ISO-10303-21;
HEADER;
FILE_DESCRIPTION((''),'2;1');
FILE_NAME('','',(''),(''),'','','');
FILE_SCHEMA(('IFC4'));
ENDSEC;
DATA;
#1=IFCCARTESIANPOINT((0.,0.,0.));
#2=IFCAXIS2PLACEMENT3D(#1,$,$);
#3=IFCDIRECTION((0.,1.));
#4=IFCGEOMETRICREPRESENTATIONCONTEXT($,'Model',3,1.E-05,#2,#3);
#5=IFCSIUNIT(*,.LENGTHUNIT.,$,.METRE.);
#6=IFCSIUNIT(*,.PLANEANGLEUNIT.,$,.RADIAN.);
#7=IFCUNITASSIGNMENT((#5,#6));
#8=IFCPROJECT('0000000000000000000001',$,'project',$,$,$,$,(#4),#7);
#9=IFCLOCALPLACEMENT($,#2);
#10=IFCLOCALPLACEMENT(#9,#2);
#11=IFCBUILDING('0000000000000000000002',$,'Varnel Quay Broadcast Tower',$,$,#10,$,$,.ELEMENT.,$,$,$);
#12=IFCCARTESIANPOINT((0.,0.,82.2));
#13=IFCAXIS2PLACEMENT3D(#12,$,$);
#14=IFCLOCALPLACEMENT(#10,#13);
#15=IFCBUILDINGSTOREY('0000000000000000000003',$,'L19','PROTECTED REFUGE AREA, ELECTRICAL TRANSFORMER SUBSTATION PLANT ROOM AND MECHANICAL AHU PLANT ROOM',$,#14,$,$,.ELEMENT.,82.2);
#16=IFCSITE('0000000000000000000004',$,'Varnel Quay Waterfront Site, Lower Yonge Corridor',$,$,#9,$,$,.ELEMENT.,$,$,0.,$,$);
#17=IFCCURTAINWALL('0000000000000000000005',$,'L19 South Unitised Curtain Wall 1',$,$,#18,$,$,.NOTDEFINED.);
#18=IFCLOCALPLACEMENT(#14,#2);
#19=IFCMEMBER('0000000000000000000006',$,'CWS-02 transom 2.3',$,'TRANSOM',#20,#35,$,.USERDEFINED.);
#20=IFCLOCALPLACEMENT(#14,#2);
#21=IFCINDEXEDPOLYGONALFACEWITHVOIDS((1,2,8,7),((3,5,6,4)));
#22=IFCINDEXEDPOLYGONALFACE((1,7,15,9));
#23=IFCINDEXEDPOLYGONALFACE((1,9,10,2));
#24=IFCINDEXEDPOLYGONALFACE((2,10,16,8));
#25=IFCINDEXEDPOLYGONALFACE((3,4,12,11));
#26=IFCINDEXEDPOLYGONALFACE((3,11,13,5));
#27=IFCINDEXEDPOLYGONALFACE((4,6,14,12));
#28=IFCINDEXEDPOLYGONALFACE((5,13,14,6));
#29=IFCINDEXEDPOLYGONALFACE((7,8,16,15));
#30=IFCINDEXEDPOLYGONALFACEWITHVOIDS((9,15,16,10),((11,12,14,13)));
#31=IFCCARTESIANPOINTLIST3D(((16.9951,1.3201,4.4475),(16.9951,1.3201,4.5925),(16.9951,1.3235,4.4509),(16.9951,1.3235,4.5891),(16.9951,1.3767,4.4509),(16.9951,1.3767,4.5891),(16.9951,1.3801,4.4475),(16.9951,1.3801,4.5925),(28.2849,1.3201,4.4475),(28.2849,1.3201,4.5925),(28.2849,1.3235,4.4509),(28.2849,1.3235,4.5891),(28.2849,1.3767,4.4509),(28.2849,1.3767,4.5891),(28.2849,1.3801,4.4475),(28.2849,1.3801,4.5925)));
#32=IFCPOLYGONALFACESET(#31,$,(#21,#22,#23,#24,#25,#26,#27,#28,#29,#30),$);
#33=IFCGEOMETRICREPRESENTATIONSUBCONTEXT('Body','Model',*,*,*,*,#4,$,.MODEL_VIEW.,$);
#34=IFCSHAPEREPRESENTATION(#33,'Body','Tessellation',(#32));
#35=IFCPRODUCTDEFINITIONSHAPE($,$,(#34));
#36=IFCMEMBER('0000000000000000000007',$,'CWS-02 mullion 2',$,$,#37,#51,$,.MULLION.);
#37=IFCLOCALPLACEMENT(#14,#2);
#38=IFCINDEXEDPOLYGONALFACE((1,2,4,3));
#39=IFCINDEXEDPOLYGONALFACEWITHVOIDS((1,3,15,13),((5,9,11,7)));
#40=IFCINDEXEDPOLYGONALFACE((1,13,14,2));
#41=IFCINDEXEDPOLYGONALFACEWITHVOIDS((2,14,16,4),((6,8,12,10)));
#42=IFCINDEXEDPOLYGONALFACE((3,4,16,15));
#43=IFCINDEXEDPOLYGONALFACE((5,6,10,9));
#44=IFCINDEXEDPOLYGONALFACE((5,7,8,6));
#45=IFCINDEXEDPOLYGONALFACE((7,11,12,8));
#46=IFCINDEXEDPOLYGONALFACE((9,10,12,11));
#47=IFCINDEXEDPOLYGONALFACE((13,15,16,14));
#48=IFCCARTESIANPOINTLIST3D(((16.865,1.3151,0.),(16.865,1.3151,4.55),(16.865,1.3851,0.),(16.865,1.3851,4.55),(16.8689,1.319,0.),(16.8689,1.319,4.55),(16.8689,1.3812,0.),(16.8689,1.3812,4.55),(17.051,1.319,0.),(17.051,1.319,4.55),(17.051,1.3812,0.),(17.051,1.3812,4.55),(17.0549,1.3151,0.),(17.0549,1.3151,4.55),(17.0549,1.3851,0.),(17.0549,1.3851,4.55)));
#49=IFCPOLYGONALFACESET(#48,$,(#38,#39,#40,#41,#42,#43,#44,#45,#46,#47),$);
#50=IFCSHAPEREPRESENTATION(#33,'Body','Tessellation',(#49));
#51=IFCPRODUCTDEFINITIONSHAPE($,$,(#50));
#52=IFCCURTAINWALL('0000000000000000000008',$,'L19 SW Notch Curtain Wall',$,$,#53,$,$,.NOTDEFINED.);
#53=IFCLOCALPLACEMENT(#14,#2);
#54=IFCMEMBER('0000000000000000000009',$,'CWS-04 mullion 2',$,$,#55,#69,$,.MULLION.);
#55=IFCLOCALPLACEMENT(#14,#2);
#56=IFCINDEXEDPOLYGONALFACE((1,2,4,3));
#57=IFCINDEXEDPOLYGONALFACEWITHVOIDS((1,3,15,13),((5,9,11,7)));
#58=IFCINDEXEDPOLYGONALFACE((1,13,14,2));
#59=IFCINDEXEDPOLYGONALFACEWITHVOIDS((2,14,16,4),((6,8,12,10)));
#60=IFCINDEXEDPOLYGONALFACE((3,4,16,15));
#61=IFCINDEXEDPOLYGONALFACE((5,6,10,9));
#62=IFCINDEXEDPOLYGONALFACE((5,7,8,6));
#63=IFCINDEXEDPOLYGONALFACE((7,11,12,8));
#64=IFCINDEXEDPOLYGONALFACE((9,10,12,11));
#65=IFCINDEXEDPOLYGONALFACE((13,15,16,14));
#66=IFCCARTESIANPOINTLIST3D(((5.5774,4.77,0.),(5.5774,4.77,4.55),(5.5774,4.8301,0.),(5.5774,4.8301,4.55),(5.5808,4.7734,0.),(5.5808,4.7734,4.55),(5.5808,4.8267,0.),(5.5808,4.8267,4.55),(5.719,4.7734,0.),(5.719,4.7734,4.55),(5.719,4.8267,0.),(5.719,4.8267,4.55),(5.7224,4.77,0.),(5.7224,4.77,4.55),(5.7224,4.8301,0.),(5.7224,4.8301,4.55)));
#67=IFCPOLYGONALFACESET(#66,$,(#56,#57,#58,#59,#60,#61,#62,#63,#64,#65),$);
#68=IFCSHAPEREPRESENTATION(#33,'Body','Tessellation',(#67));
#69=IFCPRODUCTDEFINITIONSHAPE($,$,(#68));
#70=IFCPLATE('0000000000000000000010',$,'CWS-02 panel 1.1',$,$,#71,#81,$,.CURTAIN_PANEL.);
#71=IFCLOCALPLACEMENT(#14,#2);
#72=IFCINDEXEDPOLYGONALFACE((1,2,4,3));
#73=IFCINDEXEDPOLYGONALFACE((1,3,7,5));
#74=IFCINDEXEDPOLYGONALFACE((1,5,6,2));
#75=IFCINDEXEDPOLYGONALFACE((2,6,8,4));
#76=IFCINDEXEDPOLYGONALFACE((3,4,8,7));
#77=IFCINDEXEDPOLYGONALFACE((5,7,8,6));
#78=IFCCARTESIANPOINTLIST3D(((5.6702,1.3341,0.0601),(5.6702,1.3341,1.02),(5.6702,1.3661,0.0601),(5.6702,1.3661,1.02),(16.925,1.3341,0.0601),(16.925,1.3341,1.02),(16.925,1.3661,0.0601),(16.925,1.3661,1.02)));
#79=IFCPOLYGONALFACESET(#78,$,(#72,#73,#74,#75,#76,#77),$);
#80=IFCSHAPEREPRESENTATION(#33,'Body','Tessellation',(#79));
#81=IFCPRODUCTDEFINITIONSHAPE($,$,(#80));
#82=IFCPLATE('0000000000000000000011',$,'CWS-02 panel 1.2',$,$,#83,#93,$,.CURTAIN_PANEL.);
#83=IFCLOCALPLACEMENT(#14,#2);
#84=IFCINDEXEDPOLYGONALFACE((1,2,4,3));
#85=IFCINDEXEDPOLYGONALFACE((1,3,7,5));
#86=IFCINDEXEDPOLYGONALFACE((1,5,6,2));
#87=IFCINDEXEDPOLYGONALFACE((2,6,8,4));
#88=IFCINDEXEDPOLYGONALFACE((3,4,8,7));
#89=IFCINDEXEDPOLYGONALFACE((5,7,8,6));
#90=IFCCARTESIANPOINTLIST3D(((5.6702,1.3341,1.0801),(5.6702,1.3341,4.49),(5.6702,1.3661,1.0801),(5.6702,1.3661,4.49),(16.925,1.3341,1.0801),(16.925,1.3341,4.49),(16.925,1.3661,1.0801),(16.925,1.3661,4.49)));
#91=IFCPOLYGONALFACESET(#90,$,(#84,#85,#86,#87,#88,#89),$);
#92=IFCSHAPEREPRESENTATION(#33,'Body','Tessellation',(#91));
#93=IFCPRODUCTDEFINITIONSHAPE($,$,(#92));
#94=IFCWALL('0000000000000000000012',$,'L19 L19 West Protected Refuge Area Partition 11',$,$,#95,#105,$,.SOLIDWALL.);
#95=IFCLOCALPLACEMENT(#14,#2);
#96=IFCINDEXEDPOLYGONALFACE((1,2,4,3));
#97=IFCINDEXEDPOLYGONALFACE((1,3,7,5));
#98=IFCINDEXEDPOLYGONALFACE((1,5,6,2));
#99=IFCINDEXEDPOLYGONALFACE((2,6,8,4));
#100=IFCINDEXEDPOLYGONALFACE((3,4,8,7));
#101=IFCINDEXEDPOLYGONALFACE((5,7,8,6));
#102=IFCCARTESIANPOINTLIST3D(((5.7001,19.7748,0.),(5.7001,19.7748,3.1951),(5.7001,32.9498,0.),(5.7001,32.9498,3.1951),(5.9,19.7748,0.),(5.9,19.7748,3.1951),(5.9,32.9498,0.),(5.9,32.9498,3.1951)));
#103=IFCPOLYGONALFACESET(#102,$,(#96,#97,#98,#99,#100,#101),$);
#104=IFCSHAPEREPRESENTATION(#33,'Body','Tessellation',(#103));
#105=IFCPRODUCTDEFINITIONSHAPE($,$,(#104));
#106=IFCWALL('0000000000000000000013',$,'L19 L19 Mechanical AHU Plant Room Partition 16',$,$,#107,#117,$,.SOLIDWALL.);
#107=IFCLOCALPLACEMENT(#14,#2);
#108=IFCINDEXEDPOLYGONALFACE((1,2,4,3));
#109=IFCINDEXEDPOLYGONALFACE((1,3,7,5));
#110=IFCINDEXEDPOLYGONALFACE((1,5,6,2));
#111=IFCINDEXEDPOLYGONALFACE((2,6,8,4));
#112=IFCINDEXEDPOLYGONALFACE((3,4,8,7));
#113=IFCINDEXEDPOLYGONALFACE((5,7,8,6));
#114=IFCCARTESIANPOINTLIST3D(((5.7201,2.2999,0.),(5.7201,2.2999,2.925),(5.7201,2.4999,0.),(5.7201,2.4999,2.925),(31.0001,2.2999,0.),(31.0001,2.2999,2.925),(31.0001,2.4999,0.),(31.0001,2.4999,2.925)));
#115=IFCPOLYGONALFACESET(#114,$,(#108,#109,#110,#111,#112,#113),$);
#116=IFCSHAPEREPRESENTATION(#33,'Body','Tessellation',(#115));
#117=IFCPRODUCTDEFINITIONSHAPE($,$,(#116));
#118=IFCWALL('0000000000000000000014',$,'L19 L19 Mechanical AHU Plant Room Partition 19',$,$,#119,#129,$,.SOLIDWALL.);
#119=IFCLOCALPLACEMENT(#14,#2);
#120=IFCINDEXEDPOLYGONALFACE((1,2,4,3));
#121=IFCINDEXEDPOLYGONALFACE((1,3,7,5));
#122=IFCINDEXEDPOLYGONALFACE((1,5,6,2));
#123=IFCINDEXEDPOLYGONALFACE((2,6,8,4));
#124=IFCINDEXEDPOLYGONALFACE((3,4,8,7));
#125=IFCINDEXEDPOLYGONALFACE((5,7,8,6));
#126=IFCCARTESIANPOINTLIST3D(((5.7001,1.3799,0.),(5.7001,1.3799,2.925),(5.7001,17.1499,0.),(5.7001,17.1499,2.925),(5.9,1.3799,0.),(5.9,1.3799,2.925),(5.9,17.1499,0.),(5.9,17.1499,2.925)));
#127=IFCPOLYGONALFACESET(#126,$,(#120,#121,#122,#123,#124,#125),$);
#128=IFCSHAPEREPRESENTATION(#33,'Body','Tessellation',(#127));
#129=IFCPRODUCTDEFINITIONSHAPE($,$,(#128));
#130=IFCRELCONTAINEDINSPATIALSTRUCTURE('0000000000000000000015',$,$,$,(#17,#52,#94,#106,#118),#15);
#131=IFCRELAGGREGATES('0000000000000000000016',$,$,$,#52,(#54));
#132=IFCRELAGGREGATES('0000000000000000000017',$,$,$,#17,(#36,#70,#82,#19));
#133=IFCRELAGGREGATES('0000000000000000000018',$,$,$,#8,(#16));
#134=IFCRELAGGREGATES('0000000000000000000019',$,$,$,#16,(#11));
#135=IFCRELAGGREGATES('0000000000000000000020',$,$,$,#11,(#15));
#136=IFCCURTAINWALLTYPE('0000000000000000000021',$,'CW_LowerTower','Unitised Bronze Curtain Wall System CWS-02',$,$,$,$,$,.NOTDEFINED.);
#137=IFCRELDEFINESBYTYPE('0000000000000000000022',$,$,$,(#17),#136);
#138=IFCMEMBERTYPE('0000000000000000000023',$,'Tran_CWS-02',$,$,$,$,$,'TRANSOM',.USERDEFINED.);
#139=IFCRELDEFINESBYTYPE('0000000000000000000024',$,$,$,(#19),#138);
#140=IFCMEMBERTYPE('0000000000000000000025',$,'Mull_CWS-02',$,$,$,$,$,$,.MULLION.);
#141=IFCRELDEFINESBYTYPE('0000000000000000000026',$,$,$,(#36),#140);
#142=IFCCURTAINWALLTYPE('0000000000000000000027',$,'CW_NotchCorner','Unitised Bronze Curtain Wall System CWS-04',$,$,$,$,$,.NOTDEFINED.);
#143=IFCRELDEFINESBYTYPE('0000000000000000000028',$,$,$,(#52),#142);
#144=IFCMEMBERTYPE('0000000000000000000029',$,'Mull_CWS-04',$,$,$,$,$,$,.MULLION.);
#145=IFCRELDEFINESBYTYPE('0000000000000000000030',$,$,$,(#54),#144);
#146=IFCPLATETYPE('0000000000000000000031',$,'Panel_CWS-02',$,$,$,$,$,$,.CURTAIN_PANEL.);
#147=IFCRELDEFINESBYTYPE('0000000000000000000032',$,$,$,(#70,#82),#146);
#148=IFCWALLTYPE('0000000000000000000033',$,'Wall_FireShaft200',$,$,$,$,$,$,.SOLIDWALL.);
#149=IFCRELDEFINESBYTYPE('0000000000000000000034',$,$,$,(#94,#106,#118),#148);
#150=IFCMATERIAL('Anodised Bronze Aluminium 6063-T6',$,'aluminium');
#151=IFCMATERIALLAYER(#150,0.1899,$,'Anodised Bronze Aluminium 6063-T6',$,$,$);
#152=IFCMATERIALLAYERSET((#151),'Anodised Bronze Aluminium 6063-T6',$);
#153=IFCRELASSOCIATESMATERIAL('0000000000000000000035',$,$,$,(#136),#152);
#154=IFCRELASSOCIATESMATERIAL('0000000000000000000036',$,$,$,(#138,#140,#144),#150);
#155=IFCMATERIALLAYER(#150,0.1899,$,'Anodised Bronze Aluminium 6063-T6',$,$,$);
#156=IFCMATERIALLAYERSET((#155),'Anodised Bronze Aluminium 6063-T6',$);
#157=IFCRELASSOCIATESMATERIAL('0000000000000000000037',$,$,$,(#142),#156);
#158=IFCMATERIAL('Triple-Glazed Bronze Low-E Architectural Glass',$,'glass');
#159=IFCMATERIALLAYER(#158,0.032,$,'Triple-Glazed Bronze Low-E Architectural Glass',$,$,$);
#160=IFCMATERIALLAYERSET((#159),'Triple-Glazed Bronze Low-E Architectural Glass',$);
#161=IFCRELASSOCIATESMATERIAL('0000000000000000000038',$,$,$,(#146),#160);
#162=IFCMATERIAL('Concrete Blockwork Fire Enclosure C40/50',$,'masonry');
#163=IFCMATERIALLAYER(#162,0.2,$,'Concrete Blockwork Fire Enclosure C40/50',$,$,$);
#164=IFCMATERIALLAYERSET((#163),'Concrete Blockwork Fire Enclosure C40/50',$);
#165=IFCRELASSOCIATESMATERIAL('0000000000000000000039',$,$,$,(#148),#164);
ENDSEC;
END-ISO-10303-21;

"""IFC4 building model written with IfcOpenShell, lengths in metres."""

from ifc_helpers import new_model, si_unit, direction, frame, frame_2d, origin, origin_2d, place, context, subcontext, project, spatial, rectangle, hollow_rectangle, extrude, source, transform, mapped, material, layer, layer_set, material_profile, profile_set, type_object, type_shapes, element, aggregate, save


model = new_model("IFC4")

# Units and contexts
model_context = context("Model", 3, precision=1e-05, world=origin(), true_north=direction((0.0, 1.0)))
body_context = subcontext(model_context, "Body", "Model", "MODEL_VIEW")
ifc_project = project(units=[si_unit("LENGTHUNIT", "METRE"), si_unit("PLANEANGLEUNIT", "RADIAN")], contexts=[model_context])

# Site, building, storey
site_placement = place(None, origin())
site = spatial("IfcSite", under=ifc_project, at=site_placement, Name="Varnel Quay Waterfront Site, Lower Yonge Corridor", CompositionType="ELEMENT", RefElevation=0.0)
building_placement = place(site_placement, origin())
building = spatial("IfcBuilding", under=site, at=building_placement, Name="Varnel Quay Broadcast Tower", CompositionType="ELEMENT")
storey_placement = place(building_placement, frame((0.0, 0.0, 82.2)))
storey = spatial("IfcBuildingStorey", under=building, at=storey_placement, Name="L19", Description="PROTECTED REFUGE AREA, ELECTRICAL TRANSFORMER SUBSTATION PLANT ROOM AND MECHANICAL AHU PLANT ROOM", CompositionType="ELEMENT", Elevation=82.2)

# Curtain wall, members
ifc_material_1 = material(Name="Anodised Bronze Aluminium 6063-T6", Category="aluminium")
ifc_layer_1 = layer(ifc_material_1, 0.1899, Name="Anodised Bronze Aluminium 6063-T6")
ifc_layer_set_1 = layer_set([ifc_layer_1], Name="Anodised Bronze Aluminium 6063-T6")
curtain_wall_type_1 = type_object("IfcCurtainWallType", Name="CW_LowerTower", Description="Unitised Bronze Curtain Wall System CWS-02", PredefinedType="NOTDEFINED", material=ifc_layer_set_1)
curtain_wall_1_placement = place(storey_placement, origin())
curtain_wall_1 = element("IfcCurtainWall", 1, at=curtain_wall_1_placement, inside=storey, type_object=curtain_wall_type_1, Name="L19 South Unitised Curtain Wall 1", PredefinedType="NOTDEFINED")
ifc_material_profile_1 = material_profile(ifc_material_1, hollow_rectangle(XDim=0.0601, YDim=0.145, WallThickness=0.0034, at=origin_2d()), Name="ALU60X145X3.5")
ifc_profile_set_1 = profile_set([ifc_material_profile_1], Name="Anodised Bronze Aluminium 6063-T6")
member_type_1 = type_object("IfcMemberType", Name="Tran_CWS-02", ElementType="TRANSOM", PredefinedType="USERDEFINED", material=ifc_profile_set_1)
shared_shape_1 = source(origin(), body_context, "Body", "SweptSolid", [
    extrude(hollow_rectangle(XDim=0.0601, YDim=0.145, WallThickness=0.0034, at=origin_2d()), origin(), (0.0, 0.0, 1.0), 11.2898),
])
member_1_placement = place(storey_placement, frame((16.9951, 1.3501, 4.52), z_axis=(1.0, 0.0, 0.0), x_axis=(0.0, 1.0, 0.0)))
member_1 = element("IfcMember", 2, at=member_1_placement, type_object=member_type_1, Name="CWS-02 transom 2.3", ObjectType="TRANSOM", PredefinedType="USERDEFINED", context=body_context, shape_type="MappedRepresentation", body=[
    mapped(shared_shape_1, transform((0.0, 0.0, 0.0), x_axis=(1.0, 0.0, 0.0), y_axis=(0.0, 1.0, 0.0), z_axis=(0.0, 0.0, 1.0), scale=1.0)),
])
ifc_material_profile_2 = material_profile(ifc_material_1, hollow_rectangle(XDim=0.0701, YDim=0.1899, WallThickness=0.0039, at=origin_2d()), Name="ALU70X190X4")
ifc_profile_set_2 = profile_set([ifc_material_profile_2], Name="Anodised Bronze Aluminium 6063-T6")
member_type_2 = type_object("IfcMemberType", Name="Mull_CWS-02", PredefinedType="MULLION", material=ifc_profile_set_2)
shared_shape_2 = source(origin(), body_context, "Body", "SweptSolid", [
    extrude(hollow_rectangle(XDim=0.0701, YDim=0.1899, WallThickness=0.0039, at=origin_2d()), origin(), (0.0, 0.0, 1.0), 4.55),
])
type_shapes(member_type_2, [shared_shape_2])
member_2_placement = place(storey_placement, frame((16.96, 1.3501, 0.0), z_axis=(0.0, 0.0, 1.0), x_axis=(0.0, 1.0, 0.0)))
member_2 = element("IfcMember", 3, at=member_2_placement, type_object=member_type_2, Name="CWS-02 mullion 2", PredefinedType="MULLION", context=body_context, shape_type="MappedRepresentation", body=[
    mapped(shared_shape_2, transform((0.0, 0.0, 0.0), x_axis=(1.0, 0.0, 0.0), y_axis=(0.0, 1.0, 0.0), z_axis=(0.0, 0.0, 1.0), scale=1.0)),
])

# Curtain wall, member
ifc_layer_2 = layer(ifc_material_1, 0.1899, Name="Anodised Bronze Aluminium 6063-T6")
ifc_layer_set_2 = layer_set([ifc_layer_2], Name="Anodised Bronze Aluminium 6063-T6")
curtain_wall_type_2 = type_object("IfcCurtainWallType", Name="CW_NotchCorner", Description="Unitised Bronze Curtain Wall System CWS-04", PredefinedType="NOTDEFINED", material=ifc_layer_set_2)
curtain_wall_2_placement = place(storey_placement, origin())
curtain_wall_2 = element("IfcCurtainWall", 4, at=curtain_wall_2_placement, inside=storey, type_object=curtain_wall_type_2, Name="L19 SW Notch Curtain Wall", PredefinedType="NOTDEFINED")
ifc_material_profile_3 = material_profile(ifc_material_1, hollow_rectangle(XDim=0.0601, YDim=0.145, WallThickness=0.0034, at=origin_2d()), Name="ALU60X145X3.5")
ifc_profile_set_3 = profile_set([ifc_material_profile_3], Name="Anodised Bronze Aluminium 6063-T6")
member_type_3 = type_object("IfcMemberType", Name="Mull_CWS-04", PredefinedType="MULLION", material=ifc_profile_set_3)
shared_shape_3 = source(origin(), body_context, "Body", "SweptSolid", [
    extrude(hollow_rectangle(XDim=0.0601, YDim=0.145, WallThickness=0.0034, at=origin_2d()), origin(), (0.0, 0.0, 1.0), 4.55),
])
type_shapes(member_type_3, [shared_shape_3])
member_3_placement = place(storey_placement, frame((5.6499, 4.8, 0.0), z_axis=(0.0, 0.0, 1.0), x_axis=(0.0, 1.0, 0.0)))
member_3 = element("IfcMember", 5, at=member_3_placement, type_object=member_type_3, Name="CWS-04 mullion 2", PredefinedType="MULLION", context=body_context, shape_type="MappedRepresentation", body=[
    mapped(shared_shape_3, transform((0.0, 0.0, 0.0), x_axis=(1.0, 0.0, 0.0), y_axis=(0.0, 1.0, 0.0), z_axis=(0.0, 0.0, 1.0), scale=1.0)),
])
aggregate(curtain_wall_2, [member_3])

# Plates
ifc_material_2 = material(Name="Triple-Glazed Bronze Low-E Architectural Glass", Category="glass")
ifc_layer_3 = layer(ifc_material_2, 0.032, Name="Triple-Glazed Bronze Low-E Architectural Glass")
ifc_layer_set_3 = layer_set([ifc_layer_3], Name="Triple-Glazed Bronze Low-E Architectural Glass")
plate_type = type_object("IfcPlateType", Name="Panel_CWS-02", PredefinedType="CURTAIN_PANEL", material=ifc_layer_set_3)
shared_shape_4 = source(origin(), body_context, "Body", "SweptSolid", [
    extrude(rectangle(XDim=11.2549, YDim=0.032, at=origin_2d()), origin(), (0.0, 0.0, 1.0), 0.96),
])
plate_1_placement = place(storey_placement, frame((11.2976, 1.3501, 0.0601), z_axis=(0.0, 0.0, 1.0), x_axis=(1.0, 0.0, 0.0)))
plate_1 = element("IfcPlate", 6, at=plate_1_placement, type_object=plate_type, Name="CWS-02 panel 1.1", PredefinedType="CURTAIN_PANEL", context=body_context, shape_type="MappedRepresentation", body=[
    mapped(shared_shape_4, transform((0.0, 0.0, 0.0), x_axis=(1.0, 0.0, 0.0), y_axis=(0.0, 1.0, 0.0), z_axis=(0.0, 0.0, 1.0), scale=1.0)),
])
shared_shape_5 = source(origin(), body_context, "Body", "SweptSolid", [
    extrude(rectangle(XDim=11.2549, YDim=0.032, at=origin_2d()), origin(), (0.0, 0.0, 1.0), 3.4099),
])
type_shapes(plate_type, [shared_shape_4, shared_shape_5])
plate_2_placement = place(storey_placement, frame((11.2976, 1.3501, 1.0801), z_axis=(0.0, 0.0, 1.0), x_axis=(1.0, 0.0, 0.0)))
plate_2 = element("IfcPlate", 7, at=plate_2_placement, type_object=plate_type, Name="CWS-02 panel 1.2", PredefinedType="CURTAIN_PANEL", context=body_context, shape_type="MappedRepresentation", body=[
    mapped(shared_shape_5, transform((0.0, 0.0, 0.0), x_axis=(1.0, 0.0, 0.0), y_axis=(0.0, 1.0, 0.0), z_axis=(0.0, 0.0, 1.0), scale=1.0)),
])
aggregate(curtain_wall_1, [member_2, plate_1, plate_2, member_1])

# Walls
ifc_material_3 = material(Name="Concrete Blockwork Fire Enclosure C40/50", Category="masonry")
ifc_layer_4 = layer(ifc_material_3, 0.2, Name="Concrete Blockwork Fire Enclosure C40/50")
ifc_layer_set_4 = layer_set([ifc_layer_4], Name="Concrete Blockwork Fire Enclosure C40/50")
wall_type = type_object("IfcWallType", Name="Wall_FireShaft200", PredefinedType="SOLIDWALL", material=ifc_layer_set_4)
wall_1_placement = place(storey_placement, frame((5.8, 19.7749, 0.0), z_axis=(0.0, 0.0, 1.0), x_axis=(0.0, 1.0, 0.0)))
element("IfcWall", 8, at=wall_1_placement, inside=storey, type_object=wall_type, Name="L19 L19 West Protected Refuge Area Partition 11", PredefinedType="SOLIDWALL", context=body_context, shape_type="SweptSolid", body=[
    extrude(rectangle(XDim=13.175, YDim=0.2, at=frame_2d((6.5874, 0.0))), origin(), (0.0, 0.0, 1.0), 3.1951),
])
wall_2_placement = place(storey_placement, frame((5.72, 2.3999, 0.0), z_axis=(0.0, 0.0, 1.0), x_axis=(1.0, 0.0, 0.0)))
element("IfcWall", 9, at=wall_2_placement, inside=storey, type_object=wall_type, Name="L19 L19 Mechanical AHU Plant Room Partition 16", PredefinedType="SOLIDWALL", context=body_context, shape_type="SweptSolid", body=[
    extrude(rectangle(XDim=25.28, YDim=0.2, at=frame_2d((12.6401, 0.0))), origin(), (0.0, 0.0, 1.0), 2.925),
])
wall_3_placement = place(storey_placement, frame((5.8, 1.3799, 0.0), z_axis=(0.0, 0.0, 1.0), x_axis=(0.0, 1.0, 0.0)))
element("IfcWall", 10, at=wall_3_placement, inside=storey, type_object=wall_type, Name="L19 L19 Mechanical AHU Plant Room Partition 19", PredefinedType="SOLIDWALL", context=body_context, shape_type="SweptSolid", body=[
    extrude(rectangle(XDim=15.77, YDim=0.2, at=frame_2d((7.885, 0.0))), origin(), (0.0, 0.0, 1.0), 2.925),
])

save(model, "model.ifc")
